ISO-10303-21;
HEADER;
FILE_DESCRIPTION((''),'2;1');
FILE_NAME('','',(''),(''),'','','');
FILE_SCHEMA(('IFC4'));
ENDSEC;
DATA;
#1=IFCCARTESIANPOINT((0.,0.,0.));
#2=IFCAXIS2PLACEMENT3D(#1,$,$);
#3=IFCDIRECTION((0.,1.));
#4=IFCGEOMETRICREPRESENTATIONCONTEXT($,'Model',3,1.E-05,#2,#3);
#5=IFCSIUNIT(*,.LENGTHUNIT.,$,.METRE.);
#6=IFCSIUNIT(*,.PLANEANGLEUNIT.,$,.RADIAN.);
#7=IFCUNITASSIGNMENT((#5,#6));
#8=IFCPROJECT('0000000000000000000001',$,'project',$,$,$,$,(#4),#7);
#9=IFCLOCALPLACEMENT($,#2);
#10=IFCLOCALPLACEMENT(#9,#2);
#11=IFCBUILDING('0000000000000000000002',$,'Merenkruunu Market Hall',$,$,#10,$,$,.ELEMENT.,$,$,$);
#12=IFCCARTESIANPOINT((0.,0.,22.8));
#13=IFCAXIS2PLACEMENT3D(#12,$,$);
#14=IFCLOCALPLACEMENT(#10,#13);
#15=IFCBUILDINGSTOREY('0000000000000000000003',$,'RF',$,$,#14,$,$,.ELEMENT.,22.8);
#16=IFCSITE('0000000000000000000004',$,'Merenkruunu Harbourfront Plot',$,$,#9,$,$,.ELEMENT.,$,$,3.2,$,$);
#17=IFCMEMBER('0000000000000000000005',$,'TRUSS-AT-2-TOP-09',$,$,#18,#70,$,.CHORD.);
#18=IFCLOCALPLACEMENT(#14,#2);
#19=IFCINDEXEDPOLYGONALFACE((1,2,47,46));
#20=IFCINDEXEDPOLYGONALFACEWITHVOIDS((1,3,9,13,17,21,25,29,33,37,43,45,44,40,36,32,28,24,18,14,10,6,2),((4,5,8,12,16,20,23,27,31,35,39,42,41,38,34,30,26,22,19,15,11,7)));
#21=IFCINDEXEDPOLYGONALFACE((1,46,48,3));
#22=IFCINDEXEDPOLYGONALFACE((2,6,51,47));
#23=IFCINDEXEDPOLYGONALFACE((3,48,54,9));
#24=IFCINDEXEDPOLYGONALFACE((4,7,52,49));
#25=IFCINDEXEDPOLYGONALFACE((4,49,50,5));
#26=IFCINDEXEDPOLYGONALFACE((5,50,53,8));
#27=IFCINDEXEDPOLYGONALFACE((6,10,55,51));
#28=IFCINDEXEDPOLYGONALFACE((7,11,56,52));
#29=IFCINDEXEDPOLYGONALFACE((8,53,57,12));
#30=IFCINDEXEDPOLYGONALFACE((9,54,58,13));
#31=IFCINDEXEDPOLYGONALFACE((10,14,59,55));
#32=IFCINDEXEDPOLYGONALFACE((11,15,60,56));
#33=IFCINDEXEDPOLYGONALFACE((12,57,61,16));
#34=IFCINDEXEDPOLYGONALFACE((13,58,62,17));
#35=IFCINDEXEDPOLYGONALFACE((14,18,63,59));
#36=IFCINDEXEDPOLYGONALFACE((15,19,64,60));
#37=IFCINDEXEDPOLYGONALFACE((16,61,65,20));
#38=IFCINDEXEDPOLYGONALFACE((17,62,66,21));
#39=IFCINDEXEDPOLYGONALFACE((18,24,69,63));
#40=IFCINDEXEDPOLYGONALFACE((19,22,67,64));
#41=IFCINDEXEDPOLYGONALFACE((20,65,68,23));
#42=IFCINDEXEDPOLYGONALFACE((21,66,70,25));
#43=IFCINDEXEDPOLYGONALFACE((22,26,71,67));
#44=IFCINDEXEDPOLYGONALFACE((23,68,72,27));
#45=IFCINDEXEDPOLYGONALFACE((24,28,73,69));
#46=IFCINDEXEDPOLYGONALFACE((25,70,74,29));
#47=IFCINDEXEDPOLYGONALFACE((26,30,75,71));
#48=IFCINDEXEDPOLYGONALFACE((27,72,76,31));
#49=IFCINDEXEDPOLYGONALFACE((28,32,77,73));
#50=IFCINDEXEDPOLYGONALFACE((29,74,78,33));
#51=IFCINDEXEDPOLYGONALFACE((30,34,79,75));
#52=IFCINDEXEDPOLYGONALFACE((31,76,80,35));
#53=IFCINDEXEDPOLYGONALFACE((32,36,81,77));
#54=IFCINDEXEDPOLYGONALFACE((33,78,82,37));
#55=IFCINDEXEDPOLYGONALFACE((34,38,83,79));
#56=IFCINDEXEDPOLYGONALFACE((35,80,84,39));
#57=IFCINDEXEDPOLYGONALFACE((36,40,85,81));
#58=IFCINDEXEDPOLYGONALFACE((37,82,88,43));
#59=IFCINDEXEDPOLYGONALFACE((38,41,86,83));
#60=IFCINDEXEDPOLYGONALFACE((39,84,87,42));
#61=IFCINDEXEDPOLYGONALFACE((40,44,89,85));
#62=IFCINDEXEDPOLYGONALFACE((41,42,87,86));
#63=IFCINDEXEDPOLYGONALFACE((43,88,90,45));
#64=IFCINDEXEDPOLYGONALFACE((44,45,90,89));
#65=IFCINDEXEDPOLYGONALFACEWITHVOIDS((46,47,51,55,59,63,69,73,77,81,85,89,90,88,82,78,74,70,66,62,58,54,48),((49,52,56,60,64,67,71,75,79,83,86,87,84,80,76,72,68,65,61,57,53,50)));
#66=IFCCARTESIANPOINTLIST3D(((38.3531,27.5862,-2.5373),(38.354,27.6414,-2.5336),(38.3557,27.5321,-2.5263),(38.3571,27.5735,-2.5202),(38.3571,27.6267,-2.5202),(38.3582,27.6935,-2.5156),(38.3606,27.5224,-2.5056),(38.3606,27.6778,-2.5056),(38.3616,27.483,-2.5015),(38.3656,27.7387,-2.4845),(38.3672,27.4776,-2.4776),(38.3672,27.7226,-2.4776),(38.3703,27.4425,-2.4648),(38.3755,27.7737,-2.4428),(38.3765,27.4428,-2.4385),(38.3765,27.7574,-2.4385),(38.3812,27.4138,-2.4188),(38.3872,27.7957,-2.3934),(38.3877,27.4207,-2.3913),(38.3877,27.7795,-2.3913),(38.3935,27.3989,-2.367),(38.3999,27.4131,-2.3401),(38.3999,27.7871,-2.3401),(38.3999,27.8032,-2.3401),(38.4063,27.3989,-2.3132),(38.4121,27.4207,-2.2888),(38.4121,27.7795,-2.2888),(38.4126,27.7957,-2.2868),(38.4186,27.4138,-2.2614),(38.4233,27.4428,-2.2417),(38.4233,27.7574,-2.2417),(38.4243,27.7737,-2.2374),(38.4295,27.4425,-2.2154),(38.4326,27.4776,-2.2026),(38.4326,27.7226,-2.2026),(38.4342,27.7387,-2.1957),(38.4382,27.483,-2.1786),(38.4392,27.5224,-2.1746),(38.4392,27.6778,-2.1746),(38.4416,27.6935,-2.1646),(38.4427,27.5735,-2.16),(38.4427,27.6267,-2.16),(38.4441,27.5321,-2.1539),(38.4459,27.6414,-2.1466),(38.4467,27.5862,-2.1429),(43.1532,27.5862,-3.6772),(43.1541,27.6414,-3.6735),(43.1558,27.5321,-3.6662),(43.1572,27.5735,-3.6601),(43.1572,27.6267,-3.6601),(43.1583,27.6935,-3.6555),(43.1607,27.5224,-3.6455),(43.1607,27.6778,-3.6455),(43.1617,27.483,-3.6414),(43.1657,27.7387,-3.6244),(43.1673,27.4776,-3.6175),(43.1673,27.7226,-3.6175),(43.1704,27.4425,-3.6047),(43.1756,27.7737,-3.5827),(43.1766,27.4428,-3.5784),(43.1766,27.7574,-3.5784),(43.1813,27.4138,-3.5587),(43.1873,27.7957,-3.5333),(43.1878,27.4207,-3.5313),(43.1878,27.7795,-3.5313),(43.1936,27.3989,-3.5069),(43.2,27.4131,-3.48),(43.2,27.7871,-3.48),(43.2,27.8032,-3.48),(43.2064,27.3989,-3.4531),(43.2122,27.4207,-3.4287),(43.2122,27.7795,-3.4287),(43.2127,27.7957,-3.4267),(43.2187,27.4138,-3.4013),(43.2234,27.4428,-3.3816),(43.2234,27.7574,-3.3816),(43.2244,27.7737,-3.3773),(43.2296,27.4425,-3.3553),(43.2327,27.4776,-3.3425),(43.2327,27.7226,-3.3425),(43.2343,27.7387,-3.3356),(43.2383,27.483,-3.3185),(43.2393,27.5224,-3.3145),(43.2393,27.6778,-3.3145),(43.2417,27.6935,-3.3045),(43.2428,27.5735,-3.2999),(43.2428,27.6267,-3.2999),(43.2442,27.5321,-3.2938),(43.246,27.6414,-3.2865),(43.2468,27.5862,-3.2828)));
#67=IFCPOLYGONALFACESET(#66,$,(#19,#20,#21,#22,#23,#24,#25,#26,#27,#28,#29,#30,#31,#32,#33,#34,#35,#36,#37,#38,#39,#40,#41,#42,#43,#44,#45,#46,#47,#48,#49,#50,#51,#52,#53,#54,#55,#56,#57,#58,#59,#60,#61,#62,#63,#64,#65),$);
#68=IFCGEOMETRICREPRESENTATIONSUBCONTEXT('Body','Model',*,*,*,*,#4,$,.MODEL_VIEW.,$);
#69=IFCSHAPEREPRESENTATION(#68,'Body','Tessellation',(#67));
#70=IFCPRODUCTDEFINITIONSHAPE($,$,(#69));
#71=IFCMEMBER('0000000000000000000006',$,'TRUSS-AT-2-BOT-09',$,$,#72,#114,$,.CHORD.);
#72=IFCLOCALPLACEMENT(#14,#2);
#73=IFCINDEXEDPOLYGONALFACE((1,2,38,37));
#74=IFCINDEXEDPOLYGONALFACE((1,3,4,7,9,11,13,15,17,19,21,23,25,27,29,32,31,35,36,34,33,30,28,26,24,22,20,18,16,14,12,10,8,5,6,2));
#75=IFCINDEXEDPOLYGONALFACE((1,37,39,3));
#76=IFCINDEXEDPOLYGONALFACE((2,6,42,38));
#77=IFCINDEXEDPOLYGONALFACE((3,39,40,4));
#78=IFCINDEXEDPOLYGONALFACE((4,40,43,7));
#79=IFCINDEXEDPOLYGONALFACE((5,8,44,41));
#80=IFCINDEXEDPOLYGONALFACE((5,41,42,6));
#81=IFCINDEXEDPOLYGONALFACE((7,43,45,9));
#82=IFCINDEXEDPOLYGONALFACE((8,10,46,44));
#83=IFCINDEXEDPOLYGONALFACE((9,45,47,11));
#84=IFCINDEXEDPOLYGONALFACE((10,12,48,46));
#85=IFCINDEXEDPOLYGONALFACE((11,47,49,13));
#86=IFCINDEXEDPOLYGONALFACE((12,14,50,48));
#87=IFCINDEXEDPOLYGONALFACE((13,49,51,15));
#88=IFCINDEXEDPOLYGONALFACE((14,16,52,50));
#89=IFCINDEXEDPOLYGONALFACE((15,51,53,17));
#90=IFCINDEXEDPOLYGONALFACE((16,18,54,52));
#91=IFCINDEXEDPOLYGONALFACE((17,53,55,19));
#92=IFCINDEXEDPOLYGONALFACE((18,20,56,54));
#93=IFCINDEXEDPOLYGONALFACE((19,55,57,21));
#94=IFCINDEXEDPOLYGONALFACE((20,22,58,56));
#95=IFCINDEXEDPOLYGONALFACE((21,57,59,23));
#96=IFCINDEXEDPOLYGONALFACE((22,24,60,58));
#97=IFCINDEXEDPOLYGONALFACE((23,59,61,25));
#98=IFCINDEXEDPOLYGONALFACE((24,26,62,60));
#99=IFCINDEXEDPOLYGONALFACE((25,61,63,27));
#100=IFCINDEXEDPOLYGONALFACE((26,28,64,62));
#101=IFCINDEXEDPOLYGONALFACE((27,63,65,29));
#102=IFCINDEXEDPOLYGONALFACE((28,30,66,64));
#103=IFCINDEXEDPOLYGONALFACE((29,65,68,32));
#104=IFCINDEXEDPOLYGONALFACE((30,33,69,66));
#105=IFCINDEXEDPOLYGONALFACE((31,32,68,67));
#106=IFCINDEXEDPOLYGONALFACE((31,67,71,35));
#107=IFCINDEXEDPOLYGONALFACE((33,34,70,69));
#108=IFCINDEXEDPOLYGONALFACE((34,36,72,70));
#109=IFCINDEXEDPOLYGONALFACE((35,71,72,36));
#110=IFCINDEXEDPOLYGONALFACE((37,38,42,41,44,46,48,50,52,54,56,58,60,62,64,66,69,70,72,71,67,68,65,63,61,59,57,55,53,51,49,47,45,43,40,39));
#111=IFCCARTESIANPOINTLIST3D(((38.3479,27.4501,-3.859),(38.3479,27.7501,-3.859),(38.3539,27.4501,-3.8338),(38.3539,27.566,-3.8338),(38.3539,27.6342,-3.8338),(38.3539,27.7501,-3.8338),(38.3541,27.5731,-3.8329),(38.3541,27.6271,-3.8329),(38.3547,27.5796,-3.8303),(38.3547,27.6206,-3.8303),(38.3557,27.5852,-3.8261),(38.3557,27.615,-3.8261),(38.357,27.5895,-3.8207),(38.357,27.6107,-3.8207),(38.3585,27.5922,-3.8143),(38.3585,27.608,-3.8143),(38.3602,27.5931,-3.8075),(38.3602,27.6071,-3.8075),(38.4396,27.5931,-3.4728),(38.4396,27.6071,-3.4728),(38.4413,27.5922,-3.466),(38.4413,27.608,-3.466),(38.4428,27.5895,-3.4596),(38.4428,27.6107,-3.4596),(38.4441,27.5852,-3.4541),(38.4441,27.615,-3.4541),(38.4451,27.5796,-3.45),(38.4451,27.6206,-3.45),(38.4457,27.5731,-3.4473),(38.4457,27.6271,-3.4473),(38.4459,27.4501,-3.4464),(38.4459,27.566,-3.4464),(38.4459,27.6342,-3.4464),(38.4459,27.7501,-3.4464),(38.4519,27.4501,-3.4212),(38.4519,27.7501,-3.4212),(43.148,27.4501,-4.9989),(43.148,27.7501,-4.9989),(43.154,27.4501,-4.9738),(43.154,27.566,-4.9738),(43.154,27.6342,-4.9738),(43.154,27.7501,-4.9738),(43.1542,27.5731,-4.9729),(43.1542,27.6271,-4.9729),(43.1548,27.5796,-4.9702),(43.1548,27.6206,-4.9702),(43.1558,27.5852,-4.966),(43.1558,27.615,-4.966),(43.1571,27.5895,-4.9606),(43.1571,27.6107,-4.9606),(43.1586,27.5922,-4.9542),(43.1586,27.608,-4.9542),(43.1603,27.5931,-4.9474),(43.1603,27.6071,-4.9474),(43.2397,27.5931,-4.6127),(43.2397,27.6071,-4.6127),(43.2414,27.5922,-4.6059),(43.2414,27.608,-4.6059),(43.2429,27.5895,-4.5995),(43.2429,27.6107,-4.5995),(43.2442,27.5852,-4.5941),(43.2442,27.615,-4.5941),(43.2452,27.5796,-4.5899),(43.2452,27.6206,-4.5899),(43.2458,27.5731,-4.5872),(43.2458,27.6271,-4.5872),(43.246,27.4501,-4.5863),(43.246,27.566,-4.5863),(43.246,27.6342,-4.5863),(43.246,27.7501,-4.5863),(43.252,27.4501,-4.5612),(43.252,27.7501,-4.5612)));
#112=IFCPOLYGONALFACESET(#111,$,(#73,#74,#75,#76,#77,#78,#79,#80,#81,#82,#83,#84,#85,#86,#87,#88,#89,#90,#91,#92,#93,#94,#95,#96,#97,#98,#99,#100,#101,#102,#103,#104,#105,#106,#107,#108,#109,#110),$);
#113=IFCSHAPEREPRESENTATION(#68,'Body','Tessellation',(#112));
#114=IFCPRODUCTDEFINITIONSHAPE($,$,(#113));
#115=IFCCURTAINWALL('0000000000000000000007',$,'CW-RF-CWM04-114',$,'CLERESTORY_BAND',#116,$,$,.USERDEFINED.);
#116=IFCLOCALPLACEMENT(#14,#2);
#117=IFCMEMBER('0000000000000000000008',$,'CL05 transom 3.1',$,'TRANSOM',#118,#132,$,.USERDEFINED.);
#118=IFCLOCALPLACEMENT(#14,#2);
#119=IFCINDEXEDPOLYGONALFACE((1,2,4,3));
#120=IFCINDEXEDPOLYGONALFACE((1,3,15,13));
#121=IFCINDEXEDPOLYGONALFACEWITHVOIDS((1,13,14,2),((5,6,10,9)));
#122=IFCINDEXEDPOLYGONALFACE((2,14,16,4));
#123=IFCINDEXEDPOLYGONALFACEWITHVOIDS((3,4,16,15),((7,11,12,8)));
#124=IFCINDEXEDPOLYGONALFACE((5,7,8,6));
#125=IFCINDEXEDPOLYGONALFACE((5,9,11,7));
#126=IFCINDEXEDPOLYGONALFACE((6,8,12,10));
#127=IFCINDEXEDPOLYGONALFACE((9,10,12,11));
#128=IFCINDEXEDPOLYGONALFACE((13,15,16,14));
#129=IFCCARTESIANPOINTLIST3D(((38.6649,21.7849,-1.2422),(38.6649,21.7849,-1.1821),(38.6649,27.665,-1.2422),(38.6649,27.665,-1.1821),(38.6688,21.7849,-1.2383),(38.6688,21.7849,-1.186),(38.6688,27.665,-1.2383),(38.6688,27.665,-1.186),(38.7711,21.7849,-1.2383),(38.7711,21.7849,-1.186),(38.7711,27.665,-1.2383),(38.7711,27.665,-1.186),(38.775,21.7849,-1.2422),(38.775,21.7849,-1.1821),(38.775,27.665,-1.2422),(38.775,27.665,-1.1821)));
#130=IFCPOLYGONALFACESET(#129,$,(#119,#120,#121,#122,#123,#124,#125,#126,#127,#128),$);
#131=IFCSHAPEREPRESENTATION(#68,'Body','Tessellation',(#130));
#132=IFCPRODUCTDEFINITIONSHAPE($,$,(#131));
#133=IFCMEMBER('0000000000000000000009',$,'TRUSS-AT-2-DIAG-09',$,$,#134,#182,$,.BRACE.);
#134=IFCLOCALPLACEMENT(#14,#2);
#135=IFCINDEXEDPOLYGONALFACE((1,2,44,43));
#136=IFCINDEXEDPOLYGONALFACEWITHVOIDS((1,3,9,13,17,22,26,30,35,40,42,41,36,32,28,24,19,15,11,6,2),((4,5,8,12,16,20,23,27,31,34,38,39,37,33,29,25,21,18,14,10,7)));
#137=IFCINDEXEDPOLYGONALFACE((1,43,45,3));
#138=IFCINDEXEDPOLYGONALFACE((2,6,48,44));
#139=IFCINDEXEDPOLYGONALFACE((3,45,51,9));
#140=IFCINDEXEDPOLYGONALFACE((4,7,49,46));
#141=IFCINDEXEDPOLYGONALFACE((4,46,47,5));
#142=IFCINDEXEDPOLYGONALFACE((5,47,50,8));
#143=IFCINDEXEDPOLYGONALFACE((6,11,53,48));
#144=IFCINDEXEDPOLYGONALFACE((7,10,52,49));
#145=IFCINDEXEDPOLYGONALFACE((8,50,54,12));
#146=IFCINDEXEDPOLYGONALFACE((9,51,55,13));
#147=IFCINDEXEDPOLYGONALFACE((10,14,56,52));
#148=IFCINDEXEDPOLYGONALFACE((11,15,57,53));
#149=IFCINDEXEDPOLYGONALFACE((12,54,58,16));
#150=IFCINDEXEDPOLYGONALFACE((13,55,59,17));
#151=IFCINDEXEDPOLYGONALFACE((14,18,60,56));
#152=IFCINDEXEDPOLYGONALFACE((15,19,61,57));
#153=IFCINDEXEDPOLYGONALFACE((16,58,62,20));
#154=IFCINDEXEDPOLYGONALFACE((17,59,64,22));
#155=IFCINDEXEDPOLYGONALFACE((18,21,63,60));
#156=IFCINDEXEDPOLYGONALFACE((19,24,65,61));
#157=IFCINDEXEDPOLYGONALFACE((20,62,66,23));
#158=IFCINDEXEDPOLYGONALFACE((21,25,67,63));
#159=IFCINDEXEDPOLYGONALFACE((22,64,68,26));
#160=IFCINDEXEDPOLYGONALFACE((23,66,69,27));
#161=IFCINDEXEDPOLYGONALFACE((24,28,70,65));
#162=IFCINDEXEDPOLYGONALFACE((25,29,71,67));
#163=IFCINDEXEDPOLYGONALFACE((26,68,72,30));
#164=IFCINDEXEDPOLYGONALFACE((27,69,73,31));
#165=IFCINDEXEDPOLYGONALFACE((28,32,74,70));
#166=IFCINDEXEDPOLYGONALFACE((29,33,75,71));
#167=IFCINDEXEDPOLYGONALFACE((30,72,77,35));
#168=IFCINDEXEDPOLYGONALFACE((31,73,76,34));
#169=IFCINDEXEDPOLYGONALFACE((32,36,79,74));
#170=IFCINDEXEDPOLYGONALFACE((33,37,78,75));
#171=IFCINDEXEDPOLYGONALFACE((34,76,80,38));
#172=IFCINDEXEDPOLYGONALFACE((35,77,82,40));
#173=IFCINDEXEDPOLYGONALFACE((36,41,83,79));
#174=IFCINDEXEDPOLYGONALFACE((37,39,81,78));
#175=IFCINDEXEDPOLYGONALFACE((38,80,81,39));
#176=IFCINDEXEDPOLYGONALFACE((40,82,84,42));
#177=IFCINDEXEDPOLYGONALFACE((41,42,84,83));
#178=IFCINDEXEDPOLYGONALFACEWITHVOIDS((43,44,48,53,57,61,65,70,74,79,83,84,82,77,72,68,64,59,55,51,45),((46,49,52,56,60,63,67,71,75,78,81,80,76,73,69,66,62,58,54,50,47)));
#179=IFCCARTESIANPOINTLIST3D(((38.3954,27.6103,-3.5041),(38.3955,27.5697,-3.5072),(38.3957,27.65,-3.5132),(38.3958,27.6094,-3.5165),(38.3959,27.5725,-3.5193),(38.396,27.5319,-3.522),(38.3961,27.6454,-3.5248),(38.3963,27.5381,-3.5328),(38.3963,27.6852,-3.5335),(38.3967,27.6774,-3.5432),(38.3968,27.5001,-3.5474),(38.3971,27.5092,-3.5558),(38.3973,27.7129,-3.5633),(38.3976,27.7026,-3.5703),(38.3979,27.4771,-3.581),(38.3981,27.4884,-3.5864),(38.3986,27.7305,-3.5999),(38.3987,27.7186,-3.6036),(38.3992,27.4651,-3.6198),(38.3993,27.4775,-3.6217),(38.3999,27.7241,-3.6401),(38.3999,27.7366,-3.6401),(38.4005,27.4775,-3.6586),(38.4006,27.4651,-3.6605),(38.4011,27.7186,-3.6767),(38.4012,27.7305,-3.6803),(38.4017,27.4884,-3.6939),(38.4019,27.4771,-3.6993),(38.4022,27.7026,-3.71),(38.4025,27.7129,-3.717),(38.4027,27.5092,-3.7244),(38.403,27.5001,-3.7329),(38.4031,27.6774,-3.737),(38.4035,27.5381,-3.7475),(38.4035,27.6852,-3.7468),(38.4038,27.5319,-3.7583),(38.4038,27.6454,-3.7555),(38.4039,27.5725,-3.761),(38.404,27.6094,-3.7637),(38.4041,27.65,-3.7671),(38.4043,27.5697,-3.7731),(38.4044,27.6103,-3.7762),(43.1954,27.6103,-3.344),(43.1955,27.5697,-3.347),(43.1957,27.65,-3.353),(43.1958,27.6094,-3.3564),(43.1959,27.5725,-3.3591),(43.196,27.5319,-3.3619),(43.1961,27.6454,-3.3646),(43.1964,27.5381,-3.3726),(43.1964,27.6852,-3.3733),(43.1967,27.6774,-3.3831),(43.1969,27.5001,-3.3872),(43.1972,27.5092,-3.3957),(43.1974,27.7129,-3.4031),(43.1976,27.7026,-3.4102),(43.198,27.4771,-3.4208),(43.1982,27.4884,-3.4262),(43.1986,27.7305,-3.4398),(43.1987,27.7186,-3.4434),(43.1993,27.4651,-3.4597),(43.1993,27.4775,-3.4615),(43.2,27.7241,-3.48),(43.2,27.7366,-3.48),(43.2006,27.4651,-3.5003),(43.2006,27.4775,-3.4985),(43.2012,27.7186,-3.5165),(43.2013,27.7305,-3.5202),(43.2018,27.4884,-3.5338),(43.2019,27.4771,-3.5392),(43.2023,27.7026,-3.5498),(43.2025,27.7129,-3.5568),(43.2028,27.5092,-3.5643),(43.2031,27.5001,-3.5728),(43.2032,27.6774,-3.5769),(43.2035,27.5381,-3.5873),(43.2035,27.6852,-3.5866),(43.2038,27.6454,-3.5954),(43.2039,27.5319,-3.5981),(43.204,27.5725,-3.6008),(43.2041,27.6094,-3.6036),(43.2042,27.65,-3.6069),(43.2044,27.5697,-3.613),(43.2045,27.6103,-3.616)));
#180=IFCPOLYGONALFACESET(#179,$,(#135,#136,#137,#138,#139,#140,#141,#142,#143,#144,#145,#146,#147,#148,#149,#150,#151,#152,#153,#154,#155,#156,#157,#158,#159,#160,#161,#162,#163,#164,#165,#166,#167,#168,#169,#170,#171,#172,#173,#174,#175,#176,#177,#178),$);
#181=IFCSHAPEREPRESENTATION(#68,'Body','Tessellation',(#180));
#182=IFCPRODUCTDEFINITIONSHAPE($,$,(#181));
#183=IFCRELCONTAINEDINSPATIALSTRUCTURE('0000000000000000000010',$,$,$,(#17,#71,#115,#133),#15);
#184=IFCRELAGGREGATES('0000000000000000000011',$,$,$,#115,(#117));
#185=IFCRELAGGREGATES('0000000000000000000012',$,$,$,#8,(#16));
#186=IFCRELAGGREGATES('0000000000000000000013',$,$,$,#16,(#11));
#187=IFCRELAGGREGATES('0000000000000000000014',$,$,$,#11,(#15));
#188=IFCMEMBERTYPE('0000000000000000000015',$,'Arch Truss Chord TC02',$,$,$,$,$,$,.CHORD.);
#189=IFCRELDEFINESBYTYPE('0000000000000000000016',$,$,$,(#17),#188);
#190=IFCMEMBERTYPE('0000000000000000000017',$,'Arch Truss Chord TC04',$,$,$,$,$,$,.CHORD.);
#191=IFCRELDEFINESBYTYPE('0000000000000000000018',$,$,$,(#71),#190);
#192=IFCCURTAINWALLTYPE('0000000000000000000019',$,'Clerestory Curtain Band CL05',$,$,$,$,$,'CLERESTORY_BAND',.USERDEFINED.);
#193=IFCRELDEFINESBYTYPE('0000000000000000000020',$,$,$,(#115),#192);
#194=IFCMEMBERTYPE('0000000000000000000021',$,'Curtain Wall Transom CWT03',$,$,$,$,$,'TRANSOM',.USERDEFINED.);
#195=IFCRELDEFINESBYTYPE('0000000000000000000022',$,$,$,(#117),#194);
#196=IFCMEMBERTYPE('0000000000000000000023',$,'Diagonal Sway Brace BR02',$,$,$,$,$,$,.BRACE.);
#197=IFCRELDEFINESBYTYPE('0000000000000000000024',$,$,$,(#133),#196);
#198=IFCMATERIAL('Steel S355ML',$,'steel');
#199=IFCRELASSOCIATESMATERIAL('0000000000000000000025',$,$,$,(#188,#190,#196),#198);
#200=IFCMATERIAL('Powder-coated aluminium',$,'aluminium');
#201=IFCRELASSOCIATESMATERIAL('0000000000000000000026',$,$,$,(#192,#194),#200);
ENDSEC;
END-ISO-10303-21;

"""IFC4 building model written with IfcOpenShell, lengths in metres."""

from ifc_helpers import new_model, si_unit, direction, frame, origin, origin_2d, place, context, subcontext, project, spatial, hollow_rectangle, hollow_circle, i_section, extrude, material, material_profile, profile_set, type_object, element, aggregate, save


model = new_model("IFC4")

# Units and contexts
model_context = context("Model", 3, precision=1e-05, world=origin(), true_north=direction((0.0, 1.0)))
body_context = subcontext(model_context, "Body", "Model", "MODEL_VIEW")
ifc_project = project(units=[si_unit("LENGTHUNIT", "METRE"), si_unit("PLANEANGLEUNIT", "RADIAN")], contexts=[model_context])

# Site, building, storey
site_placement = place(None, origin())
site = spatial("IfcSite", under=ifc_project, at=site_placement, Name="Merenkruunu Harbourfront Plot", CompositionType="ELEMENT", RefElevation=3.2)
building_placement = place(site_placement, origin())
building = spatial("IfcBuilding", under=site, at=building_placement, Name="Merenkruunu Market Hall", CompositionType="ELEMENT")
storey_placement = place(building_placement, frame((0.0, 0.0, 22.8)))
storey = spatial("IfcBuildingStorey", under=building, at=storey_placement, Name="RF", CompositionType="ELEMENT", Elevation=22.8)

# Members
ifc_material_1 = material(Name="Steel S355ML", Category="steel")
ifc_material_profile_1 = material_profile(ifc_material_1, hollow_circle(Radius=0.2031, WallThickness=0.0161, at=origin_2d()), Name="CHS 406.4x16")
ifc_profile_set_1 = profile_set([ifc_material_profile_1], Name="Steel S355ML")
member_type_1 = type_object("IfcMemberType", Name="Arch Truss Chord TC02", PredefinedType="CHORD", material=ifc_profile_set_1)
member_1_placement = place(storey_placement, frame((38.3999, 27.6001, -2.3401), z_axis=(0.972942, 0.0, -0.23105), x_axis=(0.0, 1.0, 0.0)))
element("IfcMember", 1, at=member_1_placement, inside=storey, type_object=member_type_1, Name="TRUSS-AT-2-TOP-09", PredefinedType="CHORD", context=body_context, shape_type="SweptSolid", body=[
    extrude(hollow_circle(Radius=0.2031, WallThickness=0.0161, at=origin_2d()), origin(), (0.0, 0.0, 1.0), 4.9336),
])
ifc_material_profile_2 = material_profile(ifc_material_1, i_section(OverallWidth=0.3, OverallDepth=0.45, WebThickness=0.0139, FlangeThickness=0.0259, FilletRadius=0.0271, at=origin_2d()), Name="HEB 450")
ifc_profile_set_2 = profile_set([ifc_material_profile_2], Name="Steel S355ML")
member_type_2 = type_object("IfcMemberType", Name="Arch Truss Chord TC04", PredefinedType="CHORD", material=ifc_profile_set_2)
member_2_placement = place(storey_placement, frame((38.3999, 27.6001, -3.6401), z_axis=(0.972942, 0.0, -0.23105), x_axis=(0.0, 1.0, 0.0)))
element("IfcMember", 2, at=member_2_placement, inside=storey, type_object=member_type_2, Name="TRUSS-AT-2-BOT-09", PredefinedType="CHORD", context=body_context, shape_type="SweptSolid", body=[
    extrude(i_section(OverallWidth=0.3, OverallDepth=0.45, WebThickness=0.0139, FlangeThickness=0.0259, FilletRadius=0.0271, at=origin_2d()), origin(), (0.0, 0.0, 1.0), 4.9336),
])

# Curtain wall, member
ifc_material_2 = material(Name="Powder-coated aluminium", Category="aluminium")
curtain_wall_type = type_object("IfcCurtainWallType", Name="Clerestory Curtain Band CL05", ElementType="CLERESTORY_BAND", PredefinedType="USERDEFINED", material=ifc_material_2)
curtain_wall_placement = place(storey_placement, origin())
curtain_wall = element("IfcCurtainWall", 3, at=curtain_wall_placement, inside=storey, type_object=curtain_wall_type, Name="CW-RF-CWM04-114", ObjectType="CLERESTORY_BAND", PredefinedType="USERDEFINED")
ifc_material_profile_3 = material_profile(ifc_material_2, hollow_rectangle(XDim=0.0601, YDim=0.1101, WallThickness=0.0039, at=origin_2d()), Name="ALU 60x110x4")
ifc_profile_set_3 = profile_set([ifc_material_profile_3], Name="Powder-coated aluminium")
member_type_3 = type_object("IfcMemberType", Name="Curtain Wall Transom CWT03", ElementType="TRANSOM", PredefinedType="USERDEFINED", material=ifc_profile_set_3)
member_3_placement = place(storey_placement, frame((38.72, 27.665, -1.2122), z_axis=(0.0, -1.0, 0.0), x_axis=(0.0, 0.0, 1.0)))
member_3 = element("IfcMember", 4, at=member_3_placement, type_object=member_type_3, Name="CL05 transom 3.1", ObjectType="TRANSOM", PredefinedType="USERDEFINED", context=body_context, shape_type="SweptSolid", body=[
    extrude(hollow_rectangle(XDim=0.0601, YDim=0.1101, WallThickness=0.0039, at=origin_2d()), origin(), (0.0, 0.0, 1.0), 5.8801),
])
aggregate(curtain_wall, [member_3])

# Member
ifc_material_profile_4 = material_profile(ifc_material_1, hollow_circle(Radius=0.1365, WallThickness=0.0125, at=origin_2d()), Name="CHS 273x12.5")
ifc_profile_set_4 = profile_set([ifc_material_profile_4], Name="Steel S355ML")
member_type_4 = type_object("IfcMemberType", Name="Diagonal Sway Brace BR02", PredefinedType="BRACE", material=ifc_profile_set_4)
member_4_placement = place(storey_placement, frame((38.3999, 27.6001, -3.6401), z_axis=(0.999444, 0.0, 0.033347), x_axis=(0.0, 1.0, 0.0)))
element("IfcMember", 5, at=member_4_placement, inside=storey, type_object=member_type_4, Name="TRUSS-AT-2-DIAG-09", PredefinedType="BRACE", context=body_context, shape_type="SweptSolid", body=[
    extrude(hollow_circle(Radius=0.1365, WallThickness=0.0125, at=origin_2d()), origin(), (0.0, 0.0, 1.0), 4.8027),
])

save(model, "model.ifc")
